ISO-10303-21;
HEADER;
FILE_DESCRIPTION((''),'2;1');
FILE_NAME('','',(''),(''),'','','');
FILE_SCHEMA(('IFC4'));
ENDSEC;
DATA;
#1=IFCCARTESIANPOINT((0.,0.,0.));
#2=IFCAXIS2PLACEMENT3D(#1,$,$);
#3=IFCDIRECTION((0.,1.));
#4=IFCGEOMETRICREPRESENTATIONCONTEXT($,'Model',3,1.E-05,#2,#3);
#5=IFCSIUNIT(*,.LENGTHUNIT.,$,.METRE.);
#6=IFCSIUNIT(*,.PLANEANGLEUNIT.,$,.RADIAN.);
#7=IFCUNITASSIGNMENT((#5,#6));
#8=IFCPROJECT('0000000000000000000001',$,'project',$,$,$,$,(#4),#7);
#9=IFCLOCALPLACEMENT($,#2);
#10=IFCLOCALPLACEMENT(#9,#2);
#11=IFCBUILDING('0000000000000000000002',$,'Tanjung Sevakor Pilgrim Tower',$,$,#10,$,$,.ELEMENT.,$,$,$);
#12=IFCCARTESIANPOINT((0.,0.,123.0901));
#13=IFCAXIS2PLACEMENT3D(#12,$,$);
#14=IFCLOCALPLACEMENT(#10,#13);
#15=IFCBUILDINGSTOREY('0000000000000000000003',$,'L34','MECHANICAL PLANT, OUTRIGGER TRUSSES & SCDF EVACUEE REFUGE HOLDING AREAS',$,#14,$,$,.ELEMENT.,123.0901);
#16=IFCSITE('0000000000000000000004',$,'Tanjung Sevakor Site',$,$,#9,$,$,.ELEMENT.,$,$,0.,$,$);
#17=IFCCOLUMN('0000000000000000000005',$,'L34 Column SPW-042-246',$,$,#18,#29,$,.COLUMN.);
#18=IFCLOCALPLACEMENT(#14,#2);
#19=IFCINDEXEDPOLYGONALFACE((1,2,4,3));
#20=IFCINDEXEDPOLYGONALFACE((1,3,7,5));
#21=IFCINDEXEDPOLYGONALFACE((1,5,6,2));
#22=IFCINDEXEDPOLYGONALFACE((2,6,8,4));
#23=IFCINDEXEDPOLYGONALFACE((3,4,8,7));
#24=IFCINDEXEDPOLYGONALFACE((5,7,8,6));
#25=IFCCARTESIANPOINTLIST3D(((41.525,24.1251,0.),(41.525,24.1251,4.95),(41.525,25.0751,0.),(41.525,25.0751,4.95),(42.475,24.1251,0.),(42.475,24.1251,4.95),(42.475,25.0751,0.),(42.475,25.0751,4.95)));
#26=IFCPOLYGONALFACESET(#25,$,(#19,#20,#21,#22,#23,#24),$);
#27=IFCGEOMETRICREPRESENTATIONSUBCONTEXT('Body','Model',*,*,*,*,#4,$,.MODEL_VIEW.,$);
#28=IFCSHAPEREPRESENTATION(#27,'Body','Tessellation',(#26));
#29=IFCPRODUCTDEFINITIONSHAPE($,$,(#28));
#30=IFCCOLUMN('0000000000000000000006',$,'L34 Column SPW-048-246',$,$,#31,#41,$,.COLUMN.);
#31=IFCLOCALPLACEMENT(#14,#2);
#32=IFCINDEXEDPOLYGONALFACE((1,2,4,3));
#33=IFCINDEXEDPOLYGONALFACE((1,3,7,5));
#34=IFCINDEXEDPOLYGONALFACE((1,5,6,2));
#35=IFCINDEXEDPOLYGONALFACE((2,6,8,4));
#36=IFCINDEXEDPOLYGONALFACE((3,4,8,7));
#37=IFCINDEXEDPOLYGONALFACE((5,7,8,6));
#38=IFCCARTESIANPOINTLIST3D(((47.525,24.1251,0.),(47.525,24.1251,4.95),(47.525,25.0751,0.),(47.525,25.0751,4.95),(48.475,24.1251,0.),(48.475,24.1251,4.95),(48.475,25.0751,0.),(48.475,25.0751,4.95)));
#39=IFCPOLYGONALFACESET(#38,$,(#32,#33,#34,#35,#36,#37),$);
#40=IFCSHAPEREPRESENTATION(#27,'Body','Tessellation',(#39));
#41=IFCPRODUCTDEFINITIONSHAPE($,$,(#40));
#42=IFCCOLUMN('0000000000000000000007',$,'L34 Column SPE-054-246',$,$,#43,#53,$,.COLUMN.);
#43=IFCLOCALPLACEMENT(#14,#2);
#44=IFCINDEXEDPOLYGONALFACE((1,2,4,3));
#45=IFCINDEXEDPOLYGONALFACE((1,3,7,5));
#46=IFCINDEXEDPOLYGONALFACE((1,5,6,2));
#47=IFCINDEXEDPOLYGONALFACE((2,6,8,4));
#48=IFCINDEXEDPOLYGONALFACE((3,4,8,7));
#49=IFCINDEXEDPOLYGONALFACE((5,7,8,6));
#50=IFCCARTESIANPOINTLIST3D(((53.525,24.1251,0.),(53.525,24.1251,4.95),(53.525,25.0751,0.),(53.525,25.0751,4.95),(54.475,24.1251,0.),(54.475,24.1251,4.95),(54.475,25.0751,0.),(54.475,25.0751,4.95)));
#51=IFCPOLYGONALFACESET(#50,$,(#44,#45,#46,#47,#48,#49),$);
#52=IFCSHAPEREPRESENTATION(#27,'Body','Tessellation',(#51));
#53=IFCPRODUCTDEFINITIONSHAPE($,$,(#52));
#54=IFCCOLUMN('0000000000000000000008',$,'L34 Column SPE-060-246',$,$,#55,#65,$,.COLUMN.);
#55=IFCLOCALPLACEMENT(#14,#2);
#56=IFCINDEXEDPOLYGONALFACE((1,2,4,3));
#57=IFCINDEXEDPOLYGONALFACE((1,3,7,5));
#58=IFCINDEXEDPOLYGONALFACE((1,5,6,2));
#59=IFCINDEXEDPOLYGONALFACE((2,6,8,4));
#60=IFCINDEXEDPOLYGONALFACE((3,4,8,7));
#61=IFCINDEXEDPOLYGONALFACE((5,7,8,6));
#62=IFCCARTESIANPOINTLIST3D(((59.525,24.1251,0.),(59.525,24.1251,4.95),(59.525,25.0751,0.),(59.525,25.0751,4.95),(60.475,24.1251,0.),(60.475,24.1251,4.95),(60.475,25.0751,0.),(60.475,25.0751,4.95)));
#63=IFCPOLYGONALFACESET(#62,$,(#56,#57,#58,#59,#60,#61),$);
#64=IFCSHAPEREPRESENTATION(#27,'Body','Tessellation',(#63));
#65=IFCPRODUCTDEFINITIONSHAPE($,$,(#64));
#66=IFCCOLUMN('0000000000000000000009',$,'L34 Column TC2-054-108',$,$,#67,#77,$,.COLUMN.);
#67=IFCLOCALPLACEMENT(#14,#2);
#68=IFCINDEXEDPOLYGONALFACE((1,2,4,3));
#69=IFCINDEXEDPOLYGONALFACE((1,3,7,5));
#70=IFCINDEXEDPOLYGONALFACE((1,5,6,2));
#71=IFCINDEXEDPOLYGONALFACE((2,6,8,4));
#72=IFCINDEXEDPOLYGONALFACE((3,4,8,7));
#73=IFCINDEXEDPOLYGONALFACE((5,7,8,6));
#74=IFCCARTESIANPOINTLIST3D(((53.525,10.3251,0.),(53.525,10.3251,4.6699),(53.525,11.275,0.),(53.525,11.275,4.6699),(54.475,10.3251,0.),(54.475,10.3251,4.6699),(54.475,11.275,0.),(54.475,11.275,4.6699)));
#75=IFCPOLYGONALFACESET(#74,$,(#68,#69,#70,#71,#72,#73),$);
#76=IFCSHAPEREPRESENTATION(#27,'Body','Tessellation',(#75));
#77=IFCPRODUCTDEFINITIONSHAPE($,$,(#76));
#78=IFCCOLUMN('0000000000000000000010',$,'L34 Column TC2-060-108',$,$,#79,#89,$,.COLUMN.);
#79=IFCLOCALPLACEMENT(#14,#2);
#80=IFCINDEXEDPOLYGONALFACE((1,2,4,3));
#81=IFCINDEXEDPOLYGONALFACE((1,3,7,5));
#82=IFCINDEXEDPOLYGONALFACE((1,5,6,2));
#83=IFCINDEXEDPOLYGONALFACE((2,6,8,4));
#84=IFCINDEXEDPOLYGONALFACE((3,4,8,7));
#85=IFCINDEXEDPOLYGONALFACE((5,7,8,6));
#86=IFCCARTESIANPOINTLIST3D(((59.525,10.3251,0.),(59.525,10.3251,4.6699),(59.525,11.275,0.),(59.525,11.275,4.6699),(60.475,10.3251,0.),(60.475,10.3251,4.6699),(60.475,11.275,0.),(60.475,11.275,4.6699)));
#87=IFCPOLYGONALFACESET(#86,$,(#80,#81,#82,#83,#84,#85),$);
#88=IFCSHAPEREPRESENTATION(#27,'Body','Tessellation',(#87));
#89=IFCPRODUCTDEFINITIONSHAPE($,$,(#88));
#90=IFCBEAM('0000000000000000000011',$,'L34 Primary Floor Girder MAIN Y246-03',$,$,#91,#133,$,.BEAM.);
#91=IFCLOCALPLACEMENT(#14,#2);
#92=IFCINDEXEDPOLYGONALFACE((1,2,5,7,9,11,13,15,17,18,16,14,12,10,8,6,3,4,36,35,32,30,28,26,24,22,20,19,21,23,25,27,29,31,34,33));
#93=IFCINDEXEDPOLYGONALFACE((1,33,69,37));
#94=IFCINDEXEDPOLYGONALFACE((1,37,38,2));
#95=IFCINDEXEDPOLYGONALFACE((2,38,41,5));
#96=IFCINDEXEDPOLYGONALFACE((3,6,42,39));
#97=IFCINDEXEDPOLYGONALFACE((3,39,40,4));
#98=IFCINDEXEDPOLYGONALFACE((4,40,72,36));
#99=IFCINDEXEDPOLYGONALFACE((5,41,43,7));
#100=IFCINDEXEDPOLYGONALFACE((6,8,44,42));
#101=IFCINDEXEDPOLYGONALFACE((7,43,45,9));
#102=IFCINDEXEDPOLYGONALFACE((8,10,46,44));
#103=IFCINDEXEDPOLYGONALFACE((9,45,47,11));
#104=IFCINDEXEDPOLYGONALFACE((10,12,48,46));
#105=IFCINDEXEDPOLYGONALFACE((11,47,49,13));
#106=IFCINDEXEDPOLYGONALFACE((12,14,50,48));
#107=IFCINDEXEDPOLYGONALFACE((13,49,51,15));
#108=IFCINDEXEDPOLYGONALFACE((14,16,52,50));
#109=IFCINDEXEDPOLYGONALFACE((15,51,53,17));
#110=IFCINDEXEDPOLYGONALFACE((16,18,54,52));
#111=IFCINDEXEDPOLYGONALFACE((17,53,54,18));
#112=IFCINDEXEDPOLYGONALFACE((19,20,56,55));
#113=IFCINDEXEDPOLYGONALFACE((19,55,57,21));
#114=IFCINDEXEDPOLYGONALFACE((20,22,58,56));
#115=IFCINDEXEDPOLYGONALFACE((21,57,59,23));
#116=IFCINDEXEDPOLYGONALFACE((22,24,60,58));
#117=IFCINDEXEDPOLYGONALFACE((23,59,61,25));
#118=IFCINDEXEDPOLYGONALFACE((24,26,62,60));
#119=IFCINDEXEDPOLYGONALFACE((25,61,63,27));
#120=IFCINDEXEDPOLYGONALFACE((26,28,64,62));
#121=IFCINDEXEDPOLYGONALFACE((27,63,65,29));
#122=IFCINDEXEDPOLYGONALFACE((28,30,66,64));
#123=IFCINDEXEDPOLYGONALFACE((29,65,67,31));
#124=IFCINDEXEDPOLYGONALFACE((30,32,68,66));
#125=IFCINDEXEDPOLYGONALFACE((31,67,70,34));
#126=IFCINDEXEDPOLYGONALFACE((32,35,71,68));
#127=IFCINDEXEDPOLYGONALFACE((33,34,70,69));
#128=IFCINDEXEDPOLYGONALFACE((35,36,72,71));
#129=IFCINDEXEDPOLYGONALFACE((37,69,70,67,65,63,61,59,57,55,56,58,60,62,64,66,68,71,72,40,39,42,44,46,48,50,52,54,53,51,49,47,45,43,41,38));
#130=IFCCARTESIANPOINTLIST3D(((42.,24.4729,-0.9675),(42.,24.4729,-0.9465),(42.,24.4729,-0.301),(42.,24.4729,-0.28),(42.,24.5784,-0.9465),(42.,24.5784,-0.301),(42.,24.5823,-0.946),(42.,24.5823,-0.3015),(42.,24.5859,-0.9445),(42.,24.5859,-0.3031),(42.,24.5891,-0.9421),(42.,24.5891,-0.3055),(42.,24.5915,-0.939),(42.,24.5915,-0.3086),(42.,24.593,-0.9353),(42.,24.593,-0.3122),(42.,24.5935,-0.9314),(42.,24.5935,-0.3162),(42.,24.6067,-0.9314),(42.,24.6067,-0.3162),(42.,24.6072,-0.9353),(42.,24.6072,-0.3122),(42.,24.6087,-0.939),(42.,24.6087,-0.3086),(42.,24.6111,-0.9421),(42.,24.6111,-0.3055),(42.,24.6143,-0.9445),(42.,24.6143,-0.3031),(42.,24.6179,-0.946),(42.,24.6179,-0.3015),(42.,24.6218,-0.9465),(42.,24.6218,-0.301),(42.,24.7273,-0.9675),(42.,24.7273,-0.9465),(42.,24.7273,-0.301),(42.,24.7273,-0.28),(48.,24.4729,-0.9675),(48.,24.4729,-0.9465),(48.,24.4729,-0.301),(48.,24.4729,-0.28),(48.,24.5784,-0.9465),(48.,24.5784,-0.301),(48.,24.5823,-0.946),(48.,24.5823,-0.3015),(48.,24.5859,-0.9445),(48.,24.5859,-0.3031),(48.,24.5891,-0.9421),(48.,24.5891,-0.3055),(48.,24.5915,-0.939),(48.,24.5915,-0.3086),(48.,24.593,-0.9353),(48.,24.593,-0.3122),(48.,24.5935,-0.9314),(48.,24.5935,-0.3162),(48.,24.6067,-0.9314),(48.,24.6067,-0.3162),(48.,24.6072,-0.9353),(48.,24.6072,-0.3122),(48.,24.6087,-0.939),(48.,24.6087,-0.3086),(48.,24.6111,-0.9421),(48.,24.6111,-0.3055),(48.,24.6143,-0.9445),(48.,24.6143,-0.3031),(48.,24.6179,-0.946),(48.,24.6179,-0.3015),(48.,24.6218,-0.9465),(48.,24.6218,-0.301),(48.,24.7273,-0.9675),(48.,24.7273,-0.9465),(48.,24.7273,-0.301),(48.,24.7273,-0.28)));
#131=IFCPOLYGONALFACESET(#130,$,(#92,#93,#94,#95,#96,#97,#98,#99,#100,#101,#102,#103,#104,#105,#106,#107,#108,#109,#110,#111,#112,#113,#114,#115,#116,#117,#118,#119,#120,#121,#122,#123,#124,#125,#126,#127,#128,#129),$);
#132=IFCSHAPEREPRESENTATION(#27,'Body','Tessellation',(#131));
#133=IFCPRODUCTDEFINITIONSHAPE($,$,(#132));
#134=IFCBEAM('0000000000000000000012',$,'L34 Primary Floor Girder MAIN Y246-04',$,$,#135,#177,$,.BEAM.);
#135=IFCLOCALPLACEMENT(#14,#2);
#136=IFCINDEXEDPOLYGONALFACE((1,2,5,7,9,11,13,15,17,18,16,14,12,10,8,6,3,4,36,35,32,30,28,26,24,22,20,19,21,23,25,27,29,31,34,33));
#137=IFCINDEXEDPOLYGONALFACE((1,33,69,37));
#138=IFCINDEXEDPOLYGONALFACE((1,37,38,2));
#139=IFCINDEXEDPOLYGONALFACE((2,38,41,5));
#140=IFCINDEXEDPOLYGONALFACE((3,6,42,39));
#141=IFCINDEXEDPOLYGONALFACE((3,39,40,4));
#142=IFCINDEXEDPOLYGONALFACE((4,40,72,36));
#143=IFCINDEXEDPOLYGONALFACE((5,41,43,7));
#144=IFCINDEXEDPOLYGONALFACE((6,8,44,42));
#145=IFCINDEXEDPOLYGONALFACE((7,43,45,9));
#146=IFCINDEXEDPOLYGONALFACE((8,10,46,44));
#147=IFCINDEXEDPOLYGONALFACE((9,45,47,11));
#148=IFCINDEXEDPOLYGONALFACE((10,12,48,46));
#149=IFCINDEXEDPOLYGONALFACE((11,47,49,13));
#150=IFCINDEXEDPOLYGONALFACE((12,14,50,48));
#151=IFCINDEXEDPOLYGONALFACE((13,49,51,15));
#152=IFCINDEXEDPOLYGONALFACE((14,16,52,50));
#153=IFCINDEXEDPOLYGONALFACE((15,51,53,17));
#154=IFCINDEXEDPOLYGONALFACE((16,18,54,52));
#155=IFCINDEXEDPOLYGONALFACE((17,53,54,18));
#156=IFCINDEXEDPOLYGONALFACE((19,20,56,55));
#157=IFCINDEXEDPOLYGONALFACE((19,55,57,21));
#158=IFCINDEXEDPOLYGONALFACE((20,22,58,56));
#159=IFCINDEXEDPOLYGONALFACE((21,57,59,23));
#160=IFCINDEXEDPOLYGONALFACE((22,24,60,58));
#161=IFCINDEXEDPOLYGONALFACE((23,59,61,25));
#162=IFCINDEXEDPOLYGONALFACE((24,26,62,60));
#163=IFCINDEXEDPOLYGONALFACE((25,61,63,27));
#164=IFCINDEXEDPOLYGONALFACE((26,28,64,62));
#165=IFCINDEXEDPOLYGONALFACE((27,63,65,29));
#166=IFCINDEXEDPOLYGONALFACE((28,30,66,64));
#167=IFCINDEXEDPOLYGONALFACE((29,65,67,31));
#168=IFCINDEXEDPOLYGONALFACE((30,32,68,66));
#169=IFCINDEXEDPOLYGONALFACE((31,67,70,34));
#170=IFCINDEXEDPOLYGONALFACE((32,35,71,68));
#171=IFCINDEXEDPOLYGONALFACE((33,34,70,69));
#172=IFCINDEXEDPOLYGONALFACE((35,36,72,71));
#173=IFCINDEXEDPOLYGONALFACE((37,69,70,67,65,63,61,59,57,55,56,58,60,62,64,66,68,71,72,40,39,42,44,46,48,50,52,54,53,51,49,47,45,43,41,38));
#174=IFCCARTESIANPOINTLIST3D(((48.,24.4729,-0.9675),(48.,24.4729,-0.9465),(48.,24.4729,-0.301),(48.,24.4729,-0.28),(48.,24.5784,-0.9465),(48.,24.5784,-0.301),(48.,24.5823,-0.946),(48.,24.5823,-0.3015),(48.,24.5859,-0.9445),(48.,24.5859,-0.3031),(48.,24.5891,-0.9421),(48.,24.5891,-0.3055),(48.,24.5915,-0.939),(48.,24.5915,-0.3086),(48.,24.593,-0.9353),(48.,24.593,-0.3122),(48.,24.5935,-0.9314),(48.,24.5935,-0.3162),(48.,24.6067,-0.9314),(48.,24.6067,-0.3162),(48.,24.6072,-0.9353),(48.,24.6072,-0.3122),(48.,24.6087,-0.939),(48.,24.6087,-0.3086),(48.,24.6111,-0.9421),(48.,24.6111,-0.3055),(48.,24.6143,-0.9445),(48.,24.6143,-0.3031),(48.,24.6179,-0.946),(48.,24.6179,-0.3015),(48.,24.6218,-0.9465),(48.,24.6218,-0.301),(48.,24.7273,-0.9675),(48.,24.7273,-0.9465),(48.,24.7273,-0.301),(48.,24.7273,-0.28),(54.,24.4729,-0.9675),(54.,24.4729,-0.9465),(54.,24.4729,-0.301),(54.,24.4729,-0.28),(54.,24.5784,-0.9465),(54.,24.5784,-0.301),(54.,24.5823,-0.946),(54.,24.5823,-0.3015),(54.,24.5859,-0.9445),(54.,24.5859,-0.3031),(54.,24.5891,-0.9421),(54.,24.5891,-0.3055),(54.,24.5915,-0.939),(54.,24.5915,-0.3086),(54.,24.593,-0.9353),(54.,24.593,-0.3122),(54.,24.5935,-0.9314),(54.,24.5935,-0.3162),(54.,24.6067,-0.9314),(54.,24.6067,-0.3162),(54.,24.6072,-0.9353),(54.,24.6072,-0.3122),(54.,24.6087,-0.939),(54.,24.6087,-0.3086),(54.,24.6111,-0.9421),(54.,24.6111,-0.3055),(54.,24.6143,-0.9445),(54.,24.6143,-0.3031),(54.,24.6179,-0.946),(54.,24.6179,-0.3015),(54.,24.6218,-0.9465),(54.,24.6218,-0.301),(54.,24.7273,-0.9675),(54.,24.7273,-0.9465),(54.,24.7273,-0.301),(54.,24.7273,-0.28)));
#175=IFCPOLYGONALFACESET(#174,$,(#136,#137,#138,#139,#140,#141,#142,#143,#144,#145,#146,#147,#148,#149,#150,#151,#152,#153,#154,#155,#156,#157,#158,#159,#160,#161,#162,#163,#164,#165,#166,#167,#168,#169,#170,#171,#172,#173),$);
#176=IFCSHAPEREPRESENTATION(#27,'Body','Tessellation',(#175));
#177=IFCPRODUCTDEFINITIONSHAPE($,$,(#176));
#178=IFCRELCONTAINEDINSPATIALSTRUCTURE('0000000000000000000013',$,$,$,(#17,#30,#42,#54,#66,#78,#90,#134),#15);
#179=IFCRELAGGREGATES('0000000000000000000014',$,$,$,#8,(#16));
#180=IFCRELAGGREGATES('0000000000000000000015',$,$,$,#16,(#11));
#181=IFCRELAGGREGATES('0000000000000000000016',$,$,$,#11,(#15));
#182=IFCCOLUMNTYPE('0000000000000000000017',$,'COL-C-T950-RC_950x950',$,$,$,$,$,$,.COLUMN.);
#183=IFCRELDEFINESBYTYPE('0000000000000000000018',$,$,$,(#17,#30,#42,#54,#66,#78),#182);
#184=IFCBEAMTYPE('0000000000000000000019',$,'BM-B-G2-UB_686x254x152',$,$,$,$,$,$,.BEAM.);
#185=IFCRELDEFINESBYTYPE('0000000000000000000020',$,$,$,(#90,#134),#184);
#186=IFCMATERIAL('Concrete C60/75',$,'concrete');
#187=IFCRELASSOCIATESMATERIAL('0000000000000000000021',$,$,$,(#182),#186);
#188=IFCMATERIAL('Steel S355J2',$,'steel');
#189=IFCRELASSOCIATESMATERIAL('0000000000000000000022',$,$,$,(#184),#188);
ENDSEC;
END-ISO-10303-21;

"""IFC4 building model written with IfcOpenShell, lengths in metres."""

from ifc_helpers import new_model, si_unit, direction, frame, origin, origin_2d, place, context, subcontext, project, spatial, rectangle, i_section, extrude, material, material_profile, profile_set, type_object, element, save


model = new_model("IFC4")

# Units and contexts
model_context = context("Model", 3, precision=1e-05, world=origin(), true_north=direction((0.0, 1.0)))
body_context = subcontext(model_context, "Body", "Model", "MODEL_VIEW")
ifc_project = project(units=[si_unit("LENGTHUNIT", "METRE"), si_unit("PLANEANGLEUNIT", "RADIAN")], contexts=[model_context])

# Site, building, storey
site_placement = place(None, origin())
site = spatial("IfcSite", under=ifc_project, at=site_placement, Name="Tanjung Sevakor Site", CompositionType="ELEMENT", RefElevation=0.0)
building_placement = place(site_placement, origin())
building = spatial("IfcBuilding", under=site, at=building_placement, Name="Tanjung Sevakor Pilgrim Tower", CompositionType="ELEMENT")
storey_placement = place(building_placement, frame((0.0, 0.0, 123.0901)))
storey = spatial("IfcBuildingStorey", under=building, at=storey_placement, Name="L34", Description="MECHANICAL PLANT, OUTRIGGER TRUSSES & SCDF EVACUEE REFUGE HOLDING AREAS", CompositionType="ELEMENT", Elevation=123.0901)

# Columns
ifc_material_1 = material(Name="Concrete C60/75", Category="concrete")
ifc_material_profile_1 = material_profile(ifc_material_1, rectangle(XDim=0.95, YDim=0.95, at=origin_2d()))
ifc_profile_set_1 = profile_set([ifc_material_profile_1], Name="Concrete C60/75")
column_type = type_object("IfcColumnType", Name="COL-C-T950-RC_950x950", PredefinedType="COLUMN", material=ifc_profile_set_1)
for number, where, z_axis, x_axis, name in (
    (1, (42.0, 24.6001, 0.0), (0.0, 0.0, 1.0), (1.0, 0.0, 0.0), "L34 Column SPW-042-246"),
    (2, (48.0, 24.6001, 0.0), (0.0, 0.0, 1.0), (1.0, 0.0, 0.0), "L34 Column SPW-048-246"),
    (3, (54.0, 24.6001, 0.0), (0.0, 0.0, 1.0), (1.0, 0.0, 0.0), "L34 Column SPE-054-246"),
    (4, (60.0, 24.6001, 0.0), (0.0, 0.0, 1.0), (1.0, 0.0, 0.0), "L34 Column SPE-060-246"),
):
    element("IfcColumn", number, at=place(storey_placement, frame(where, z_axis=z_axis, x_axis=x_axis)), inside=storey, type_object=column_type, Name=name, PredefinedType="COLUMN", context=body_context, shape_type="SweptSolid", body=[
        extrude(rectangle(XDim=0.95, YDim=0.95, at=origin_2d()), origin(), (0.0, 0.0, 1.0), 4.95),
    ])
for number, where, z_axis, x_axis, name in (
    (5, (54.0, 10.8, 0.0), (0.0, 0.0, 1.0), (1.0, 0.0, 0.0), "L34 Column TC2-054-108"),
    (6, (60.0, 10.8, 0.0), (0.0, 0.0, 1.0), (1.0, 0.0, 0.0), "L34 Column TC2-060-108"),
):
    element("IfcColumn", number, at=place(storey_placement, frame(where, z_axis=z_axis, x_axis=x_axis)), inside=storey, type_object=column_type, Name=name, PredefinedType="COLUMN", context=body_context, shape_type="SweptSolid", body=[
        extrude(rectangle(XDim=0.95, YDim=0.95, at=origin_2d()), origin(), (0.0, 0.0, 1.0), 4.6699),
    ])

# Beams
ifc_material_2 = material(Name="Steel S355J2", Category="steel")
ifc_material_profile_2 = material_profile(ifc_material_2, i_section(OverallWidth=0.2544, OverallDepth=0.6875, WebThickness=0.0132, FlangeThickness=0.021, FilletRadius=0.0151, at=origin_2d()))
ifc_profile_set_2 = profile_set([ifc_material_profile_2], Name="Steel S355J2")
beam_type_1 = type_object("IfcBeamType", Name="BM-B-G2-UB_686x254x152", PredefinedType="BEAM", material=ifc_profile_set_2)
for number, where, z_axis, x_axis, name in (
    (7, (42.0, 24.6001, -0.6238), (1.0, 0.0, 0.0), (0.0, 1.0, 0.0), "L34 Primary Floor Girder MAIN Y246-03"),
    (8, (48.0, 24.6001, -0.6238), (1.0, 0.0, 0.0), (0.0, 1.0, 0.0), "L34 Primary Floor Girder MAIN Y246-04"),
):
    element("IfcBeam", number, at=place(storey_placement, frame(where, z_axis=z_axis, x_axis=x_axis)), inside=storey, type_object=beam_type_1, Name=name, PredefinedType="BEAM", context=body_context, shape_type="SweptSolid", body=[
        extrude(i_section(OverallWidth=0.2544, OverallDepth=0.6875, WebThickness=0.0132, FlangeThickness=0.021, FilletRadius=0.0151, at=origin_2d()), origin(), (0.0, 0.0, 1.0), 6.0),
    ])

save(model, "model.ifc")
